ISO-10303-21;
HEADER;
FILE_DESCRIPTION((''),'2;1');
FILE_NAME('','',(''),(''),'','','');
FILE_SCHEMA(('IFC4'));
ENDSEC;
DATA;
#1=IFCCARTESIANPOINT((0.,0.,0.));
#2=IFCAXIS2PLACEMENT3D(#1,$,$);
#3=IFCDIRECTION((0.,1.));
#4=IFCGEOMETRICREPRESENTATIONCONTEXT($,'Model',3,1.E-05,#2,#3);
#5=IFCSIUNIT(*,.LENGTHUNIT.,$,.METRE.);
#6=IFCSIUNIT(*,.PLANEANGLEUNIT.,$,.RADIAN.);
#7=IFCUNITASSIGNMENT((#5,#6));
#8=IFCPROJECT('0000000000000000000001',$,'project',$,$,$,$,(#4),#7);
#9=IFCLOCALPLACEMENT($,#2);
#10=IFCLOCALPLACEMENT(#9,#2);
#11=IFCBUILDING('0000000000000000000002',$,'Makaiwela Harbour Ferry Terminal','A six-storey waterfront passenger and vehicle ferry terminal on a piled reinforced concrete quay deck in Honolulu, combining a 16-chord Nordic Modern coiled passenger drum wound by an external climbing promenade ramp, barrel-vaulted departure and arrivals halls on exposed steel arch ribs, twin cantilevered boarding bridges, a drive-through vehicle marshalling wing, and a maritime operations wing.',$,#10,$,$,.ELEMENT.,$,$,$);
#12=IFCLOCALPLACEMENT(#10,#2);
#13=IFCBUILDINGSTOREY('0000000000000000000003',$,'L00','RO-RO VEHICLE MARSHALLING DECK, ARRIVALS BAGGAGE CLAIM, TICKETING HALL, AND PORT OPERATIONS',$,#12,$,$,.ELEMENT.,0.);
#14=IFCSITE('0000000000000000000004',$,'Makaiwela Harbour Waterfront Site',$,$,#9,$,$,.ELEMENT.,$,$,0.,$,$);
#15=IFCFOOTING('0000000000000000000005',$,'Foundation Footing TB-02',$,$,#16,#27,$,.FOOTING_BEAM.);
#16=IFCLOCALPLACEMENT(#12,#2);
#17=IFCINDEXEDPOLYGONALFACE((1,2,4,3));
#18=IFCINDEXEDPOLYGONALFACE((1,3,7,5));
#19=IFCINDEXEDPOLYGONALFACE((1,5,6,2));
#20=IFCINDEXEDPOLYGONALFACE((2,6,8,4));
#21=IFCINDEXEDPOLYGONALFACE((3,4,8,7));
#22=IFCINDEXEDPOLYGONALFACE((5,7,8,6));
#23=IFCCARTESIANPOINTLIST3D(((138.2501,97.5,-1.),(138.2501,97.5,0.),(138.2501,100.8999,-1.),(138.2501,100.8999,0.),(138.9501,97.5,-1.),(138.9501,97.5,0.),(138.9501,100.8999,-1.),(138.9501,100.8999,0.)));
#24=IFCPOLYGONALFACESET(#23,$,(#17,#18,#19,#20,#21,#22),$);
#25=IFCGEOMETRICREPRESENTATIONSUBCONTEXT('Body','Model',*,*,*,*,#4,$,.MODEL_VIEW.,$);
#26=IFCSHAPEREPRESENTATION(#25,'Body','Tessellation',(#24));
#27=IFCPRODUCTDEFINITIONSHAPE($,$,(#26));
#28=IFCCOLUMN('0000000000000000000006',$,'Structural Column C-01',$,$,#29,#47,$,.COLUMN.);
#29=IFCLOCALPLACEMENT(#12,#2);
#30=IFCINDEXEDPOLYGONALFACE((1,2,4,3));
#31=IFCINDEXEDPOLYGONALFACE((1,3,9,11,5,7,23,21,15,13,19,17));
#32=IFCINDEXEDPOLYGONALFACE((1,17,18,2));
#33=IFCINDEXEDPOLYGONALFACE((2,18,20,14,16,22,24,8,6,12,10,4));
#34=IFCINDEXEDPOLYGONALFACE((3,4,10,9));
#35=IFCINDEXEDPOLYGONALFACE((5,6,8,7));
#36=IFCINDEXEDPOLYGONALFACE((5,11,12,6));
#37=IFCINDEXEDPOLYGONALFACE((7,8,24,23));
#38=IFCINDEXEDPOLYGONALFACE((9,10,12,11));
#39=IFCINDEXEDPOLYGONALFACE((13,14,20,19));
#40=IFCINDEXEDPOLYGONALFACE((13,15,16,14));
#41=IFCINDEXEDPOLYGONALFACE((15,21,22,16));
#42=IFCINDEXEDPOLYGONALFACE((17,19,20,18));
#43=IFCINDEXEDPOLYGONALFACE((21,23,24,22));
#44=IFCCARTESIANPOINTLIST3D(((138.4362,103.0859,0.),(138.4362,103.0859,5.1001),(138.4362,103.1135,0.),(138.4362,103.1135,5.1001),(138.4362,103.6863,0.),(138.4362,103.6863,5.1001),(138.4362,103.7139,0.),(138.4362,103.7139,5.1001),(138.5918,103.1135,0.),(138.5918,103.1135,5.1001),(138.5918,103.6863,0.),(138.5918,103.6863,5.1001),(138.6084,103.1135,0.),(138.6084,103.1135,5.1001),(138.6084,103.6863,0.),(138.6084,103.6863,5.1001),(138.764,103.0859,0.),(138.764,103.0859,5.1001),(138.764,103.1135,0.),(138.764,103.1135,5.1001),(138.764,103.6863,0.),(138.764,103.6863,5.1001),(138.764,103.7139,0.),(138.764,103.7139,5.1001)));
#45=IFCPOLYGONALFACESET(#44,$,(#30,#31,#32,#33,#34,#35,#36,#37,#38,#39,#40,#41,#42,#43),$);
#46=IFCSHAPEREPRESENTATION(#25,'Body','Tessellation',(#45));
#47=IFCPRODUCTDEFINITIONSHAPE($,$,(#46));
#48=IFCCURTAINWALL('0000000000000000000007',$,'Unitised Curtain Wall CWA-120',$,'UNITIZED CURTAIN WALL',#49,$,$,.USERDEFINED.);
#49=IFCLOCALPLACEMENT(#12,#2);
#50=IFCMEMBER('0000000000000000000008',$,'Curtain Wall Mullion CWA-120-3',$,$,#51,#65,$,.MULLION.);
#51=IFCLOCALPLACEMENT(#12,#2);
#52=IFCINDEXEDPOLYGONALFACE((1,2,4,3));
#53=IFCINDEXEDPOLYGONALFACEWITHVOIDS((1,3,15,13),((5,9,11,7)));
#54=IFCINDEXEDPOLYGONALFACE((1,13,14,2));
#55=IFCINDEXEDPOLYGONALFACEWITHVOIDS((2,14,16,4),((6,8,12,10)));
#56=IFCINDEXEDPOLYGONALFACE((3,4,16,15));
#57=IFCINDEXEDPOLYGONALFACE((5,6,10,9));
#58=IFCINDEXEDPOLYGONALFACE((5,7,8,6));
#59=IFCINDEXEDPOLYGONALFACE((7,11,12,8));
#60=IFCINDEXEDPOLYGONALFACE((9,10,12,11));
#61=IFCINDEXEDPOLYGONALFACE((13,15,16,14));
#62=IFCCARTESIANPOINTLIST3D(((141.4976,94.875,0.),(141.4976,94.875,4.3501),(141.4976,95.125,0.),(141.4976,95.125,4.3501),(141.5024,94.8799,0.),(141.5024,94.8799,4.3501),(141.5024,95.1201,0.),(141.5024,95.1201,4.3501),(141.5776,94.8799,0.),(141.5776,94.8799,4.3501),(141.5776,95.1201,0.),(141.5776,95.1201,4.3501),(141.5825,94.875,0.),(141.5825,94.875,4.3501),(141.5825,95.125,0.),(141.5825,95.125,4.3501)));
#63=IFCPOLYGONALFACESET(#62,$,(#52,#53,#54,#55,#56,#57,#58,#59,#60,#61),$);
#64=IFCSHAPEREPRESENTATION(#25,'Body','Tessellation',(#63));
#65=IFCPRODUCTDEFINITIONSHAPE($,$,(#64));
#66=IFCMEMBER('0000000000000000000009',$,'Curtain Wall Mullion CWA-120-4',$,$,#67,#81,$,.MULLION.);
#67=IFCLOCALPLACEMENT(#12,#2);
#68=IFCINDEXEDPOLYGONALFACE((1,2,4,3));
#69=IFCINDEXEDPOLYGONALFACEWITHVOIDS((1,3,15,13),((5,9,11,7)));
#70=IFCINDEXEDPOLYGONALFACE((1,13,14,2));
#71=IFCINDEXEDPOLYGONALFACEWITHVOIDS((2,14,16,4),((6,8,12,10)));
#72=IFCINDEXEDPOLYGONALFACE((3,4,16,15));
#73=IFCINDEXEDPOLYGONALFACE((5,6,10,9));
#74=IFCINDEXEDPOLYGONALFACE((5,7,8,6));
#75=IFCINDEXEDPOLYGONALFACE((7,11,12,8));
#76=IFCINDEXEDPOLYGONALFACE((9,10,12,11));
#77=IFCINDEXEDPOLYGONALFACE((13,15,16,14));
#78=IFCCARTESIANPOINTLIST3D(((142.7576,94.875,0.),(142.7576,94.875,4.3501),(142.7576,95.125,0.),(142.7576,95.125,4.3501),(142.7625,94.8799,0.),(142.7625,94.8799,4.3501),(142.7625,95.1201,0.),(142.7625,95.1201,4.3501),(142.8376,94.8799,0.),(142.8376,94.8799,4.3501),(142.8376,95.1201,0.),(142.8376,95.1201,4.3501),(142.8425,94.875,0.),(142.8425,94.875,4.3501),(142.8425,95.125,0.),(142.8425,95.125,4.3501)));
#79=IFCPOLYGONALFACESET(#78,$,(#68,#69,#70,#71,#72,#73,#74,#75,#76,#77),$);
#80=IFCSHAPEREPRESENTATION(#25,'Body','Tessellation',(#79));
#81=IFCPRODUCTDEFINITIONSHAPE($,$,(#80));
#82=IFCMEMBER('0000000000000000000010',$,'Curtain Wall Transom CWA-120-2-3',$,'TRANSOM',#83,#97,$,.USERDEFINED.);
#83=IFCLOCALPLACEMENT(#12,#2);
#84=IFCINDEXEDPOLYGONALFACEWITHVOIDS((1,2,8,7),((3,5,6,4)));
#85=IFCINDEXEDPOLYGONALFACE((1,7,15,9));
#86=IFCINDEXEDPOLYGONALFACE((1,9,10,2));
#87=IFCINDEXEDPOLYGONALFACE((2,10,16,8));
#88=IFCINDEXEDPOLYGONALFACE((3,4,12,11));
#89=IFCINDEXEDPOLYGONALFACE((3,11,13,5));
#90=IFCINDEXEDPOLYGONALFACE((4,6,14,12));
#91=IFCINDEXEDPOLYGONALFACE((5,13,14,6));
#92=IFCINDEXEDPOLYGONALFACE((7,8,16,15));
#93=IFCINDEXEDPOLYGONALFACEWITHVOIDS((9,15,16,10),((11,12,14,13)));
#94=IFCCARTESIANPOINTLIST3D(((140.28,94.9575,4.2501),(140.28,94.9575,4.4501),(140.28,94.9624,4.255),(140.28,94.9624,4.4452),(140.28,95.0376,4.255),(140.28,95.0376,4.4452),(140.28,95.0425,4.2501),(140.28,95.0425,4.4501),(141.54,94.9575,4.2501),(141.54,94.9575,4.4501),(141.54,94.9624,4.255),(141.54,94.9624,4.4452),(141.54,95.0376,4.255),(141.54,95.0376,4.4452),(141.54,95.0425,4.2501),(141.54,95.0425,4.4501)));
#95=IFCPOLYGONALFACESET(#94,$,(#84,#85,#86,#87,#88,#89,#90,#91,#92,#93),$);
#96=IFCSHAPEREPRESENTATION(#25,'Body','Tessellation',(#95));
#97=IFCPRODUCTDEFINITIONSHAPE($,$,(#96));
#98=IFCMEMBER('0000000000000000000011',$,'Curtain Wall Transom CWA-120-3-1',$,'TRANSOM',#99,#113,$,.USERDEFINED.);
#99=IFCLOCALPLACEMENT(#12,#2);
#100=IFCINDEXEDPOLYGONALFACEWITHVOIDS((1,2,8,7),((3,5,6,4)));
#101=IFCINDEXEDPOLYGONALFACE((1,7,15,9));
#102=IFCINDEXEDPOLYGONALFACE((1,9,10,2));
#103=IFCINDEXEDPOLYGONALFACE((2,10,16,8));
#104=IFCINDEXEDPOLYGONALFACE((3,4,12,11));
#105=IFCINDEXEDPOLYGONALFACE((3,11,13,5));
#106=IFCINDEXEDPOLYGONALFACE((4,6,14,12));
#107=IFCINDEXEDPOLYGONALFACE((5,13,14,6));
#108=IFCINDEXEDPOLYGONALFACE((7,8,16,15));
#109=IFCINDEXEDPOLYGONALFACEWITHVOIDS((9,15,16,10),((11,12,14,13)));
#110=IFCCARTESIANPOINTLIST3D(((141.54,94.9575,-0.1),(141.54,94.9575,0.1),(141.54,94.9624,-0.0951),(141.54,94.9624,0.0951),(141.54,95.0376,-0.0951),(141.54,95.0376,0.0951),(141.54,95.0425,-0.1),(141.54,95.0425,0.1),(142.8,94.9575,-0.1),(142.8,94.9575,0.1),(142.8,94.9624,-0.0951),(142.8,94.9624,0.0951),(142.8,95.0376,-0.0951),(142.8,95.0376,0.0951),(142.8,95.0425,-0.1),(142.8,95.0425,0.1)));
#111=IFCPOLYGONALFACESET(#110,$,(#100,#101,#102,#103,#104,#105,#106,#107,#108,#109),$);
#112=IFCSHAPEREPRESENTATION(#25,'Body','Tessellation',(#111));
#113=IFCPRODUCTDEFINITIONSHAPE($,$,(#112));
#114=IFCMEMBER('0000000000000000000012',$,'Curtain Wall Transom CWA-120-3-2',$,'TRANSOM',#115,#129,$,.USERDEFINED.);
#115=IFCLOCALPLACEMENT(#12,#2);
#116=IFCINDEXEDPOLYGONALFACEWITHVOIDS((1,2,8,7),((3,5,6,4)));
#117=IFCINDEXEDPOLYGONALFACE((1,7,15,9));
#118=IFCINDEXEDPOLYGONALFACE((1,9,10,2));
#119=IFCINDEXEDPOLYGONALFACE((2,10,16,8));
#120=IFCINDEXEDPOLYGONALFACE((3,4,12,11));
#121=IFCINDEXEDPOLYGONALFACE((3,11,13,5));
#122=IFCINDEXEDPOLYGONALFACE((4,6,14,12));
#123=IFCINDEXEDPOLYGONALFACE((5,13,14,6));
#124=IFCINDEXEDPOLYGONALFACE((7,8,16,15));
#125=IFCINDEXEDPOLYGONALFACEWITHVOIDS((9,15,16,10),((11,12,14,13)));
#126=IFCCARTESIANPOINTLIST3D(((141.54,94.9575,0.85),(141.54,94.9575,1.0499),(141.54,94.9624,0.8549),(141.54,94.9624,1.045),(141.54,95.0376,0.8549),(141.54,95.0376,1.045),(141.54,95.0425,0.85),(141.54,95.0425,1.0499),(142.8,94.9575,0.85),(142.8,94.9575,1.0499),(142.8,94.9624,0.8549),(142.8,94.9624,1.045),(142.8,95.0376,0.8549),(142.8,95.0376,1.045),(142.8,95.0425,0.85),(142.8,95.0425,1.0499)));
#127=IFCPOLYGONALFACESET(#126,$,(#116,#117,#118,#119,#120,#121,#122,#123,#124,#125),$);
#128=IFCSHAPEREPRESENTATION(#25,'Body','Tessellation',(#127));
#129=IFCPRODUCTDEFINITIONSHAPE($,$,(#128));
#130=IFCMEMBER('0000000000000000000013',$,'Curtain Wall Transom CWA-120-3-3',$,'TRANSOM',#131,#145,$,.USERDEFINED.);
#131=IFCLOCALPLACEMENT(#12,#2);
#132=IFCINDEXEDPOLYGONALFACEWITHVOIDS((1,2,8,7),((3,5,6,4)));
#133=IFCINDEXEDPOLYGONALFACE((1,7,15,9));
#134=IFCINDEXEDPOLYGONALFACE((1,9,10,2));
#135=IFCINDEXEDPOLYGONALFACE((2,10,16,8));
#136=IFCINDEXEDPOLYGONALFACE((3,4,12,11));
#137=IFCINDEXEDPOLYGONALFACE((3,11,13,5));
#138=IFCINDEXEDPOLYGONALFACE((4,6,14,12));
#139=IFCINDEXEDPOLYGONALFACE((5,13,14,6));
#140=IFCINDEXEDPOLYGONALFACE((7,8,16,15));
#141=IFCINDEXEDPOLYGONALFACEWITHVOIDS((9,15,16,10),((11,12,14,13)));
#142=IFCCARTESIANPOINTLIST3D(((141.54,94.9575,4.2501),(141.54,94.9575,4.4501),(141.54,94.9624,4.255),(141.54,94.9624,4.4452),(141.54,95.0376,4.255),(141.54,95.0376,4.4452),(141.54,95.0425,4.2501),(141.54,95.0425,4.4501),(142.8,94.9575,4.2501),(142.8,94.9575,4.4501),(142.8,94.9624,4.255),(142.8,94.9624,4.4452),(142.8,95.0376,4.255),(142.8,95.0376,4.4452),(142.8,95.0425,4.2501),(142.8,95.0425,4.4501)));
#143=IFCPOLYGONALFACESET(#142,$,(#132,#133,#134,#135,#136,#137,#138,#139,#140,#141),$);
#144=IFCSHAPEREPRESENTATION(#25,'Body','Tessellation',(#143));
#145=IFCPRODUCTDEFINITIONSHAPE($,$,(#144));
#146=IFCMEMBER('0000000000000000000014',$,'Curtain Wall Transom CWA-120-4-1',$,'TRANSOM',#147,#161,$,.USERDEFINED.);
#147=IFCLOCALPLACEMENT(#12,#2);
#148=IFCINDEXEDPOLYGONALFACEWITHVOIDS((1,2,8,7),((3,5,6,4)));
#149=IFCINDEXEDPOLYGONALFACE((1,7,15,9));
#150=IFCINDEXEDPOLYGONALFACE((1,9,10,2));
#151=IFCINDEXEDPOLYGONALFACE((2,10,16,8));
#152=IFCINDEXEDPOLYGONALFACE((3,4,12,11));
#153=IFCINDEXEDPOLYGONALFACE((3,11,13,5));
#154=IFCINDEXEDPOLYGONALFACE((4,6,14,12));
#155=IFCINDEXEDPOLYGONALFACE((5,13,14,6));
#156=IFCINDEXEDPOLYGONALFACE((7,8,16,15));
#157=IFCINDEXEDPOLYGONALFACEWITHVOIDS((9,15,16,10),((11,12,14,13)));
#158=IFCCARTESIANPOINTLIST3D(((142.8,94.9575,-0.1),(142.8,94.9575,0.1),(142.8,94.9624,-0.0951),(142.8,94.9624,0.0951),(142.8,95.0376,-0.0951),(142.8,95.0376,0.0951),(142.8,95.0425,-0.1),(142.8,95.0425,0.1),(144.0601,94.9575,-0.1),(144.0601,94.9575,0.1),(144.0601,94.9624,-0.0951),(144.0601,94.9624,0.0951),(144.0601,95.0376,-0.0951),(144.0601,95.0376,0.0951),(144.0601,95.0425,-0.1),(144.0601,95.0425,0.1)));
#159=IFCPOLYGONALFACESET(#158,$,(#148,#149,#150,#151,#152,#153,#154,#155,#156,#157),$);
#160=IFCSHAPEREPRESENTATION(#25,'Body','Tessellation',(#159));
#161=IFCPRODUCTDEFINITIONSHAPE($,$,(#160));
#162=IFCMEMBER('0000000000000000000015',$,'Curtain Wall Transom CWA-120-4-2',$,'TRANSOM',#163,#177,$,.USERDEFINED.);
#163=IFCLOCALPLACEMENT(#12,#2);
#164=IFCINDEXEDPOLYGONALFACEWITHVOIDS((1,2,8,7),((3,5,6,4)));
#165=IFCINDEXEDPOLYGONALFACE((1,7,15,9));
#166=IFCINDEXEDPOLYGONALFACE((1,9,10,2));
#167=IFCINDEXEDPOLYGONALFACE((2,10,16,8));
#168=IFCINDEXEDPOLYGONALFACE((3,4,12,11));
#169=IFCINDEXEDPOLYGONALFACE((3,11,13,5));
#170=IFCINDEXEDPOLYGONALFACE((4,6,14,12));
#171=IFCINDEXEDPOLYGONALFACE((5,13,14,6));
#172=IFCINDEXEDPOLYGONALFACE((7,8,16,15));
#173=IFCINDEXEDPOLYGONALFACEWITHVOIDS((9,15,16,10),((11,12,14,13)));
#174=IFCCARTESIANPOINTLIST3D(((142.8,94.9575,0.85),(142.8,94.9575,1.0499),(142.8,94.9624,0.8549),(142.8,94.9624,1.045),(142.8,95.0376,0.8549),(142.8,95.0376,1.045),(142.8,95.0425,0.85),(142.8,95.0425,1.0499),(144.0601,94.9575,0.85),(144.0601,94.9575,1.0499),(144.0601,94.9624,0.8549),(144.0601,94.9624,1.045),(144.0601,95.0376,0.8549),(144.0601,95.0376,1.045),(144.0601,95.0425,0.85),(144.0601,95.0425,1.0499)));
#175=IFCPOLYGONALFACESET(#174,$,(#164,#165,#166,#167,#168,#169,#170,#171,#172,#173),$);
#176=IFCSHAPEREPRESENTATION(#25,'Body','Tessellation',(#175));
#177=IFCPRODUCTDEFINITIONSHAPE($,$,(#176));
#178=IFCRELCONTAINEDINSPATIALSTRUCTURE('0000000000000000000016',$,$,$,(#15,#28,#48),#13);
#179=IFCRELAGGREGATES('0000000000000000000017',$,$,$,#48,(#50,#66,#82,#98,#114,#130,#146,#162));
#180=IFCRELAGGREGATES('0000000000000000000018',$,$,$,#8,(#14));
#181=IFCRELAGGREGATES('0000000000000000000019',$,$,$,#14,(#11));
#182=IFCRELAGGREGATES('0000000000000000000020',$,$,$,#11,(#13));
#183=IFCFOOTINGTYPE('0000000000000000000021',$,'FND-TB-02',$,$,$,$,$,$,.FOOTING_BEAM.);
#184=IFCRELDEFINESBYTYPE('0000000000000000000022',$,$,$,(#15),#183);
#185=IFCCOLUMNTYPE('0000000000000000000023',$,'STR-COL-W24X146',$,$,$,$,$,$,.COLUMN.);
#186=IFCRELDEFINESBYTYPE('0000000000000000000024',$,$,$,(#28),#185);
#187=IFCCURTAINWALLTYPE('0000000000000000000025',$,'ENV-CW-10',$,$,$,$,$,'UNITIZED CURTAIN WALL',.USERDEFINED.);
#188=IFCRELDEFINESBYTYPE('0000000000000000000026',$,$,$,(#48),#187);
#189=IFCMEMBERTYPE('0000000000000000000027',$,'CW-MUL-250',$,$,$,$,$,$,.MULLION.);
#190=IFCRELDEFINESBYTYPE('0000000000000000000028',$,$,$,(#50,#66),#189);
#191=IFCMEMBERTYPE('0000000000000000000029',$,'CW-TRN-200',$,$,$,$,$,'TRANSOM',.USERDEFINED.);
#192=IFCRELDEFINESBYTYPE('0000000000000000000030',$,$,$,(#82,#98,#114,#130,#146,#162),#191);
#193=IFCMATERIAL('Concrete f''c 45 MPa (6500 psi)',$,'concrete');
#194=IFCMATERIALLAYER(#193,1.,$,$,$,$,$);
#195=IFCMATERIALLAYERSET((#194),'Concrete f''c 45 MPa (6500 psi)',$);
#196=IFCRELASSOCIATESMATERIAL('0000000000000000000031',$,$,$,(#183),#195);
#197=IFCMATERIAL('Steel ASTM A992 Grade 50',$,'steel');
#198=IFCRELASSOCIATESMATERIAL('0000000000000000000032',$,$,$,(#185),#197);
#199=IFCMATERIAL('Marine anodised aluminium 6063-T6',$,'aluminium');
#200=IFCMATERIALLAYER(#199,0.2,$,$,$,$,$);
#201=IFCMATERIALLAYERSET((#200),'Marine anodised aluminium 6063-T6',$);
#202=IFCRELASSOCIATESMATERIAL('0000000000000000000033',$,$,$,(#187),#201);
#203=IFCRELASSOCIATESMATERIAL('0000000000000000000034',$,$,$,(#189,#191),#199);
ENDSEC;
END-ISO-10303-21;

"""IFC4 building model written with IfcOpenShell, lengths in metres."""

from ifc_helpers import new_model, si_unit, direction, frame, origin, origin_2d, place, context, subcontext, project, spatial, rectangle, hollow_rectangle, i_section, extrude, material, layer, layer_set, material_profile, profile_set, type_object, element, aggregate, save


model = new_model("IFC4")

# Units and contexts
model_context = context("Model", 3, precision=1e-05, world=origin(), true_north=direction((0.0, 1.0)))
body_context = subcontext(model_context, "Body", "Model", "MODEL_VIEW")
ifc_project = project(units=[si_unit("LENGTHUNIT", "METRE"), si_unit("PLANEANGLEUNIT", "RADIAN")], contexts=[model_context])

# Site, building, storey
site_placement = place(None, origin())
site = spatial("IfcSite", under=ifc_project, at=site_placement, Name="Makaiwela Harbour Waterfront Site", CompositionType="ELEMENT", RefElevation=0.0)
building_placement = place(site_placement, origin())
building = spatial("IfcBuilding", under=site, at=building_placement, Name="Makaiwela Harbour Ferry Terminal", Description="A six-storey waterfront passenger and vehicle ferry terminal on a piled reinforced concrete quay deck in Honolulu, combining a 16-chord Nordic Modern coiled passenger drum wound by an external climbing promenade ramp, barrel-vaulted departure and arrivals halls on exposed steel arch ribs, twin cantilevered boarding bridges, a drive-through vehicle marshalling wing, and a maritime operations wing.", CompositionType="ELEMENT")
storey_placement = place(building_placement, origin())
storey = spatial("IfcBuildingStorey", under=building, at=storey_placement, Name="L00", Description="RO-RO VEHICLE MARSHALLING DECK, ARRIVALS BAGGAGE CLAIM, TICKETING HALL, AND PORT OPERATIONS", CompositionType="ELEMENT", Elevation=0.0)

# Shared definitions
ifc_material_1 = material(Name="Concrete f'c 45 MPa (6500 psi)", Category="concrete")

# Footing
ifc_layer_1 = layer(ifc_material_1, 1.0)
ifc_layer_set_1 = layer_set([ifc_layer_1], Name="Concrete f'c 45 MPa (6500 psi)")
footing_type_1 = type_object("IfcFootingType", Name="FND-TB-02", PredefinedType="FOOTING_BEAM", material=ifc_layer_set_1)
footing_1_placement = place(storey_placement, frame((138.6001, 99.2, -1.0), z_axis=(0.0, 0.0, 1.0), x_axis=(0.0, 1.0, 0.0)))
element("IfcFooting", 1, at=footing_1_placement, inside=storey, type_object=footing_type_1, Name="Foundation Footing TB-02", PredefinedType="FOOTING_BEAM", context=body_context, shape_type="SweptSolid", body=[
    extrude(rectangle(XDim=3.3999, YDim=0.7, at=origin_2d()), origin(), (0.0, 0.0, 1.0), 1.0),
])

# Column
ifc_material_2 = material(Name="Steel ASTM A992 Grade 50", Category="steel")
ifc_material_profile_1 = material_profile(ifc_material_2, i_section(OverallWidth=0.3279, OverallDepth=0.6279, WebThickness=0.0166, FlangeThickness=0.0276, at=origin_2d()), Name="W24X146")
ifc_profile_set_1 = profile_set([ifc_material_profile_1], Name="Steel ASTM A992 Grade 50")
column_type = type_object("IfcColumnType", Name="STR-COL-W24X146", PredefinedType="COLUMN", material=ifc_profile_set_1)
column_placement = place(storey_placement, frame((138.6001, 103.3999, 0.0), z_axis=(0.0, 0.0, 1.0), x_axis=(1.0, 0.0, 0.0)))
element("IfcColumn", 2, at=column_placement, inside=storey, type_object=column_type, Name="Structural Column C-01", PredefinedType="COLUMN", context=body_context, shape_type="SweptSolid", body=[
    extrude(i_section(OverallWidth=0.3279, OverallDepth=0.6279, WebThickness=0.0166, FlangeThickness=0.0276, at=origin_2d()), origin(), (0.0, 0.0, 1.0), 5.1001),
])

# Curtain wall, members
ifc_material_3 = material(Name="Marine anodised aluminium 6063-T6", Category="aluminium")
ifc_layer_2 = layer(ifc_material_3, 0.2)
ifc_layer_set_2 = layer_set([ifc_layer_2], Name="Marine anodised aluminium 6063-T6")
curtain_wall_type = type_object("IfcCurtainWallType", Name="ENV-CW-10", ElementType="UNITIZED CURTAIN WALL", PredefinedType="USERDEFINED", material=ifc_layer_set_2)
curtain_wall_placement = place(storey_placement, origin())
curtain_wall = element("IfcCurtainWall", 3, at=curtain_wall_placement, inside=storey, type_object=curtain_wall_type, Name="Unitised Curtain Wall CWA-120", ObjectType="UNITIZED CURTAIN WALL", PredefinedType="USERDEFINED")
ifc_material_profile_2 = material_profile(ifc_material_3, hollow_rectangle(XDim=0.085, YDim=0.25, WallThickness=0.0049, at=origin_2d()), Name="CWM-250X85")
ifc_profile_set_2 = profile_set([ifc_material_profile_2], Name="Marine anodised aluminium 6063-T6")
member_type_1 = type_object("IfcMemberType", Name="CW-MUL-250", PredefinedType="MULLION", material=ifc_profile_set_2)
member_1_placement = place(storey_placement, frame((141.54, 95.0, 0.0), z_axis=(0.0, 0.0, 1.0), x_axis=(1.0, 0.0, 0.0)))
member_1 = element("IfcMember", 4, at=member_1_placement, type_object=member_type_1, Name="Curtain Wall Mullion CWA-120-3", PredefinedType="MULLION", context=body_context, shape_type="SweptSolid", body=[
    extrude(hollow_rectangle(XDim=0.085, YDim=0.25, WallThickness=0.0049, at=origin_2d()), origin(), (0.0, 0.0, 1.0), 4.3501),
])
member_2_placement = place(storey_placement, frame((142.8, 95.0, 0.0), z_axis=(0.0, 0.0, 1.0), x_axis=(1.0, 0.0, 0.0)))
member_2 = element("IfcMember", 5, at=member_2_placement, type_object=member_type_1, Name="Curtain Wall Mullion CWA-120-4", PredefinedType="MULLION", context=body_context, shape_type="SweptSolid", body=[
    extrude(hollow_rectangle(XDim=0.085, YDim=0.25, WallThickness=0.0049, at=origin_2d()), origin(), (0.0, 0.0, 1.0), 4.3501),
])
ifc_material_profile_3 = material_profile(ifc_material_3, hollow_rectangle(XDim=0.085, YDim=0.2, WallThickness=0.0049, at=origin_2d()), Name="CWT-200X85")
ifc_profile_set_3 = profile_set([ifc_material_profile_3], Name="Marine anodised aluminium 6063-T6")
member_type_2 = type_object("IfcMemberType", Name="CW-TRN-200", ElementType="TRANSOM", PredefinedType="USERDEFINED", material=ifc_profile_set_3)
member_3_placement = place(storey_placement, frame((140.28, 95.0, 4.3501), z_axis=(1.0, 0.0, 0.0), x_axis=(0.0, 1.0, 0.0)))
member_3 = element("IfcMember", 6, at=member_3_placement, type_object=member_type_2, Name="Curtain Wall Transom CWA-120-2-3", ObjectType="TRANSOM", PredefinedType="USERDEFINED", context=body_context, shape_type="SweptSolid", body=[
    extrude(hollow_rectangle(XDim=0.085, YDim=0.2, WallThickness=0.0049, at=origin_2d()), origin(), (0.0, 0.0, 1.0), 1.26),
])
member_4_placement = place(storey_placement, frame((141.54, 95.0, 0.0), z_axis=(1.0, 0.0, 0.0), x_axis=(0.0, 1.0, 0.0)))
member_4 = element("IfcMember", 7, at=member_4_placement, type_object=member_type_2, Name="Curtain Wall Transom CWA-120-3-1", ObjectType="TRANSOM", PredefinedType="USERDEFINED", context=body_context, shape_type="SweptSolid", body=[
    extrude(hollow_rectangle(XDim=0.085, YDim=0.2, WallThickness=0.0049, at=origin_2d()), origin(), (0.0, 0.0, 1.0), 1.26),
])
member_5_placement = place(storey_placement, frame((141.54, 95.0, 0.95), z_axis=(1.0, 0.0, 0.0), x_axis=(0.0, 1.0, 0.0)))
member_5 = element("IfcMember", 8, at=member_5_placement, type_object=member_type_2, Name="Curtain Wall Transom CWA-120-3-2", ObjectType="TRANSOM", PredefinedType="USERDEFINED", context=body_context, shape_type="SweptSolid", body=[
    extrude(hollow_rectangle(XDim=0.085, YDim=0.2, WallThickness=0.0049, at=origin_2d()), origin(), (0.0, 0.0, 1.0), 1.26),
])
member_6_placement = place(storey_placement, frame((141.54, 95.0, 4.3501), z_axis=(1.0, 0.0, 0.0), x_axis=(0.0, 1.0, 0.0)))
member_6 = element("IfcMember", 9, at=member_6_placement, type_object=member_type_2, Name="Curtain Wall Transom CWA-120-3-3", ObjectType="TRANSOM", PredefinedType="USERDEFINED", context=body_context, shape_type="SweptSolid", body=[
    extrude(hollow_rectangle(XDim=0.085, YDim=0.2, WallThickness=0.0049, at=origin_2d()), origin(), (0.0, 0.0, 1.0), 1.26),
])
member_7_placement = place(storey_placement, frame((142.8, 95.0, 0.0), z_axis=(1.0, 0.0, 0.0), x_axis=(0.0, 1.0, 0.0)))
member_7 = element("IfcMember", 10, at=member_7_placement, type_object=member_type_2, Name="Curtain Wall Transom CWA-120-4-1", ObjectType="TRANSOM", PredefinedType="USERDEFINED", context=body_context, shape_type="SweptSolid", body=[
    extrude(hollow_rectangle(XDim=0.085, YDim=0.2, WallThickness=0.0049, at=origin_2d()), origin(), (0.0, 0.0, 1.0), 1.26),
])
member_8_placement = place(storey_placement, frame((142.8, 95.0, 0.95), z_axis=(1.0, 0.0, 0.0), x_axis=(0.0, 1.0, 0.0)))
member_8 = element("IfcMember", 11, at=member_8_placement, type_object=member_type_2, Name="Curtain Wall Transom CWA-120-4-2", ObjectType="TRANSOM", PredefinedType="USERDEFINED", context=body_context, shape_type="SweptSolid", body=[
    extrude(hollow_rectangle(XDim=0.085, YDim=0.2, WallThickness=0.0049, at=origin_2d()), origin(), (0.0, 0.0, 1.0), 1.26),
])
aggregate(curtain_wall, [member_1, member_2, member_3, member_4, member_5, member_6, member_7, member_8])

save(model, "model.ifc")
